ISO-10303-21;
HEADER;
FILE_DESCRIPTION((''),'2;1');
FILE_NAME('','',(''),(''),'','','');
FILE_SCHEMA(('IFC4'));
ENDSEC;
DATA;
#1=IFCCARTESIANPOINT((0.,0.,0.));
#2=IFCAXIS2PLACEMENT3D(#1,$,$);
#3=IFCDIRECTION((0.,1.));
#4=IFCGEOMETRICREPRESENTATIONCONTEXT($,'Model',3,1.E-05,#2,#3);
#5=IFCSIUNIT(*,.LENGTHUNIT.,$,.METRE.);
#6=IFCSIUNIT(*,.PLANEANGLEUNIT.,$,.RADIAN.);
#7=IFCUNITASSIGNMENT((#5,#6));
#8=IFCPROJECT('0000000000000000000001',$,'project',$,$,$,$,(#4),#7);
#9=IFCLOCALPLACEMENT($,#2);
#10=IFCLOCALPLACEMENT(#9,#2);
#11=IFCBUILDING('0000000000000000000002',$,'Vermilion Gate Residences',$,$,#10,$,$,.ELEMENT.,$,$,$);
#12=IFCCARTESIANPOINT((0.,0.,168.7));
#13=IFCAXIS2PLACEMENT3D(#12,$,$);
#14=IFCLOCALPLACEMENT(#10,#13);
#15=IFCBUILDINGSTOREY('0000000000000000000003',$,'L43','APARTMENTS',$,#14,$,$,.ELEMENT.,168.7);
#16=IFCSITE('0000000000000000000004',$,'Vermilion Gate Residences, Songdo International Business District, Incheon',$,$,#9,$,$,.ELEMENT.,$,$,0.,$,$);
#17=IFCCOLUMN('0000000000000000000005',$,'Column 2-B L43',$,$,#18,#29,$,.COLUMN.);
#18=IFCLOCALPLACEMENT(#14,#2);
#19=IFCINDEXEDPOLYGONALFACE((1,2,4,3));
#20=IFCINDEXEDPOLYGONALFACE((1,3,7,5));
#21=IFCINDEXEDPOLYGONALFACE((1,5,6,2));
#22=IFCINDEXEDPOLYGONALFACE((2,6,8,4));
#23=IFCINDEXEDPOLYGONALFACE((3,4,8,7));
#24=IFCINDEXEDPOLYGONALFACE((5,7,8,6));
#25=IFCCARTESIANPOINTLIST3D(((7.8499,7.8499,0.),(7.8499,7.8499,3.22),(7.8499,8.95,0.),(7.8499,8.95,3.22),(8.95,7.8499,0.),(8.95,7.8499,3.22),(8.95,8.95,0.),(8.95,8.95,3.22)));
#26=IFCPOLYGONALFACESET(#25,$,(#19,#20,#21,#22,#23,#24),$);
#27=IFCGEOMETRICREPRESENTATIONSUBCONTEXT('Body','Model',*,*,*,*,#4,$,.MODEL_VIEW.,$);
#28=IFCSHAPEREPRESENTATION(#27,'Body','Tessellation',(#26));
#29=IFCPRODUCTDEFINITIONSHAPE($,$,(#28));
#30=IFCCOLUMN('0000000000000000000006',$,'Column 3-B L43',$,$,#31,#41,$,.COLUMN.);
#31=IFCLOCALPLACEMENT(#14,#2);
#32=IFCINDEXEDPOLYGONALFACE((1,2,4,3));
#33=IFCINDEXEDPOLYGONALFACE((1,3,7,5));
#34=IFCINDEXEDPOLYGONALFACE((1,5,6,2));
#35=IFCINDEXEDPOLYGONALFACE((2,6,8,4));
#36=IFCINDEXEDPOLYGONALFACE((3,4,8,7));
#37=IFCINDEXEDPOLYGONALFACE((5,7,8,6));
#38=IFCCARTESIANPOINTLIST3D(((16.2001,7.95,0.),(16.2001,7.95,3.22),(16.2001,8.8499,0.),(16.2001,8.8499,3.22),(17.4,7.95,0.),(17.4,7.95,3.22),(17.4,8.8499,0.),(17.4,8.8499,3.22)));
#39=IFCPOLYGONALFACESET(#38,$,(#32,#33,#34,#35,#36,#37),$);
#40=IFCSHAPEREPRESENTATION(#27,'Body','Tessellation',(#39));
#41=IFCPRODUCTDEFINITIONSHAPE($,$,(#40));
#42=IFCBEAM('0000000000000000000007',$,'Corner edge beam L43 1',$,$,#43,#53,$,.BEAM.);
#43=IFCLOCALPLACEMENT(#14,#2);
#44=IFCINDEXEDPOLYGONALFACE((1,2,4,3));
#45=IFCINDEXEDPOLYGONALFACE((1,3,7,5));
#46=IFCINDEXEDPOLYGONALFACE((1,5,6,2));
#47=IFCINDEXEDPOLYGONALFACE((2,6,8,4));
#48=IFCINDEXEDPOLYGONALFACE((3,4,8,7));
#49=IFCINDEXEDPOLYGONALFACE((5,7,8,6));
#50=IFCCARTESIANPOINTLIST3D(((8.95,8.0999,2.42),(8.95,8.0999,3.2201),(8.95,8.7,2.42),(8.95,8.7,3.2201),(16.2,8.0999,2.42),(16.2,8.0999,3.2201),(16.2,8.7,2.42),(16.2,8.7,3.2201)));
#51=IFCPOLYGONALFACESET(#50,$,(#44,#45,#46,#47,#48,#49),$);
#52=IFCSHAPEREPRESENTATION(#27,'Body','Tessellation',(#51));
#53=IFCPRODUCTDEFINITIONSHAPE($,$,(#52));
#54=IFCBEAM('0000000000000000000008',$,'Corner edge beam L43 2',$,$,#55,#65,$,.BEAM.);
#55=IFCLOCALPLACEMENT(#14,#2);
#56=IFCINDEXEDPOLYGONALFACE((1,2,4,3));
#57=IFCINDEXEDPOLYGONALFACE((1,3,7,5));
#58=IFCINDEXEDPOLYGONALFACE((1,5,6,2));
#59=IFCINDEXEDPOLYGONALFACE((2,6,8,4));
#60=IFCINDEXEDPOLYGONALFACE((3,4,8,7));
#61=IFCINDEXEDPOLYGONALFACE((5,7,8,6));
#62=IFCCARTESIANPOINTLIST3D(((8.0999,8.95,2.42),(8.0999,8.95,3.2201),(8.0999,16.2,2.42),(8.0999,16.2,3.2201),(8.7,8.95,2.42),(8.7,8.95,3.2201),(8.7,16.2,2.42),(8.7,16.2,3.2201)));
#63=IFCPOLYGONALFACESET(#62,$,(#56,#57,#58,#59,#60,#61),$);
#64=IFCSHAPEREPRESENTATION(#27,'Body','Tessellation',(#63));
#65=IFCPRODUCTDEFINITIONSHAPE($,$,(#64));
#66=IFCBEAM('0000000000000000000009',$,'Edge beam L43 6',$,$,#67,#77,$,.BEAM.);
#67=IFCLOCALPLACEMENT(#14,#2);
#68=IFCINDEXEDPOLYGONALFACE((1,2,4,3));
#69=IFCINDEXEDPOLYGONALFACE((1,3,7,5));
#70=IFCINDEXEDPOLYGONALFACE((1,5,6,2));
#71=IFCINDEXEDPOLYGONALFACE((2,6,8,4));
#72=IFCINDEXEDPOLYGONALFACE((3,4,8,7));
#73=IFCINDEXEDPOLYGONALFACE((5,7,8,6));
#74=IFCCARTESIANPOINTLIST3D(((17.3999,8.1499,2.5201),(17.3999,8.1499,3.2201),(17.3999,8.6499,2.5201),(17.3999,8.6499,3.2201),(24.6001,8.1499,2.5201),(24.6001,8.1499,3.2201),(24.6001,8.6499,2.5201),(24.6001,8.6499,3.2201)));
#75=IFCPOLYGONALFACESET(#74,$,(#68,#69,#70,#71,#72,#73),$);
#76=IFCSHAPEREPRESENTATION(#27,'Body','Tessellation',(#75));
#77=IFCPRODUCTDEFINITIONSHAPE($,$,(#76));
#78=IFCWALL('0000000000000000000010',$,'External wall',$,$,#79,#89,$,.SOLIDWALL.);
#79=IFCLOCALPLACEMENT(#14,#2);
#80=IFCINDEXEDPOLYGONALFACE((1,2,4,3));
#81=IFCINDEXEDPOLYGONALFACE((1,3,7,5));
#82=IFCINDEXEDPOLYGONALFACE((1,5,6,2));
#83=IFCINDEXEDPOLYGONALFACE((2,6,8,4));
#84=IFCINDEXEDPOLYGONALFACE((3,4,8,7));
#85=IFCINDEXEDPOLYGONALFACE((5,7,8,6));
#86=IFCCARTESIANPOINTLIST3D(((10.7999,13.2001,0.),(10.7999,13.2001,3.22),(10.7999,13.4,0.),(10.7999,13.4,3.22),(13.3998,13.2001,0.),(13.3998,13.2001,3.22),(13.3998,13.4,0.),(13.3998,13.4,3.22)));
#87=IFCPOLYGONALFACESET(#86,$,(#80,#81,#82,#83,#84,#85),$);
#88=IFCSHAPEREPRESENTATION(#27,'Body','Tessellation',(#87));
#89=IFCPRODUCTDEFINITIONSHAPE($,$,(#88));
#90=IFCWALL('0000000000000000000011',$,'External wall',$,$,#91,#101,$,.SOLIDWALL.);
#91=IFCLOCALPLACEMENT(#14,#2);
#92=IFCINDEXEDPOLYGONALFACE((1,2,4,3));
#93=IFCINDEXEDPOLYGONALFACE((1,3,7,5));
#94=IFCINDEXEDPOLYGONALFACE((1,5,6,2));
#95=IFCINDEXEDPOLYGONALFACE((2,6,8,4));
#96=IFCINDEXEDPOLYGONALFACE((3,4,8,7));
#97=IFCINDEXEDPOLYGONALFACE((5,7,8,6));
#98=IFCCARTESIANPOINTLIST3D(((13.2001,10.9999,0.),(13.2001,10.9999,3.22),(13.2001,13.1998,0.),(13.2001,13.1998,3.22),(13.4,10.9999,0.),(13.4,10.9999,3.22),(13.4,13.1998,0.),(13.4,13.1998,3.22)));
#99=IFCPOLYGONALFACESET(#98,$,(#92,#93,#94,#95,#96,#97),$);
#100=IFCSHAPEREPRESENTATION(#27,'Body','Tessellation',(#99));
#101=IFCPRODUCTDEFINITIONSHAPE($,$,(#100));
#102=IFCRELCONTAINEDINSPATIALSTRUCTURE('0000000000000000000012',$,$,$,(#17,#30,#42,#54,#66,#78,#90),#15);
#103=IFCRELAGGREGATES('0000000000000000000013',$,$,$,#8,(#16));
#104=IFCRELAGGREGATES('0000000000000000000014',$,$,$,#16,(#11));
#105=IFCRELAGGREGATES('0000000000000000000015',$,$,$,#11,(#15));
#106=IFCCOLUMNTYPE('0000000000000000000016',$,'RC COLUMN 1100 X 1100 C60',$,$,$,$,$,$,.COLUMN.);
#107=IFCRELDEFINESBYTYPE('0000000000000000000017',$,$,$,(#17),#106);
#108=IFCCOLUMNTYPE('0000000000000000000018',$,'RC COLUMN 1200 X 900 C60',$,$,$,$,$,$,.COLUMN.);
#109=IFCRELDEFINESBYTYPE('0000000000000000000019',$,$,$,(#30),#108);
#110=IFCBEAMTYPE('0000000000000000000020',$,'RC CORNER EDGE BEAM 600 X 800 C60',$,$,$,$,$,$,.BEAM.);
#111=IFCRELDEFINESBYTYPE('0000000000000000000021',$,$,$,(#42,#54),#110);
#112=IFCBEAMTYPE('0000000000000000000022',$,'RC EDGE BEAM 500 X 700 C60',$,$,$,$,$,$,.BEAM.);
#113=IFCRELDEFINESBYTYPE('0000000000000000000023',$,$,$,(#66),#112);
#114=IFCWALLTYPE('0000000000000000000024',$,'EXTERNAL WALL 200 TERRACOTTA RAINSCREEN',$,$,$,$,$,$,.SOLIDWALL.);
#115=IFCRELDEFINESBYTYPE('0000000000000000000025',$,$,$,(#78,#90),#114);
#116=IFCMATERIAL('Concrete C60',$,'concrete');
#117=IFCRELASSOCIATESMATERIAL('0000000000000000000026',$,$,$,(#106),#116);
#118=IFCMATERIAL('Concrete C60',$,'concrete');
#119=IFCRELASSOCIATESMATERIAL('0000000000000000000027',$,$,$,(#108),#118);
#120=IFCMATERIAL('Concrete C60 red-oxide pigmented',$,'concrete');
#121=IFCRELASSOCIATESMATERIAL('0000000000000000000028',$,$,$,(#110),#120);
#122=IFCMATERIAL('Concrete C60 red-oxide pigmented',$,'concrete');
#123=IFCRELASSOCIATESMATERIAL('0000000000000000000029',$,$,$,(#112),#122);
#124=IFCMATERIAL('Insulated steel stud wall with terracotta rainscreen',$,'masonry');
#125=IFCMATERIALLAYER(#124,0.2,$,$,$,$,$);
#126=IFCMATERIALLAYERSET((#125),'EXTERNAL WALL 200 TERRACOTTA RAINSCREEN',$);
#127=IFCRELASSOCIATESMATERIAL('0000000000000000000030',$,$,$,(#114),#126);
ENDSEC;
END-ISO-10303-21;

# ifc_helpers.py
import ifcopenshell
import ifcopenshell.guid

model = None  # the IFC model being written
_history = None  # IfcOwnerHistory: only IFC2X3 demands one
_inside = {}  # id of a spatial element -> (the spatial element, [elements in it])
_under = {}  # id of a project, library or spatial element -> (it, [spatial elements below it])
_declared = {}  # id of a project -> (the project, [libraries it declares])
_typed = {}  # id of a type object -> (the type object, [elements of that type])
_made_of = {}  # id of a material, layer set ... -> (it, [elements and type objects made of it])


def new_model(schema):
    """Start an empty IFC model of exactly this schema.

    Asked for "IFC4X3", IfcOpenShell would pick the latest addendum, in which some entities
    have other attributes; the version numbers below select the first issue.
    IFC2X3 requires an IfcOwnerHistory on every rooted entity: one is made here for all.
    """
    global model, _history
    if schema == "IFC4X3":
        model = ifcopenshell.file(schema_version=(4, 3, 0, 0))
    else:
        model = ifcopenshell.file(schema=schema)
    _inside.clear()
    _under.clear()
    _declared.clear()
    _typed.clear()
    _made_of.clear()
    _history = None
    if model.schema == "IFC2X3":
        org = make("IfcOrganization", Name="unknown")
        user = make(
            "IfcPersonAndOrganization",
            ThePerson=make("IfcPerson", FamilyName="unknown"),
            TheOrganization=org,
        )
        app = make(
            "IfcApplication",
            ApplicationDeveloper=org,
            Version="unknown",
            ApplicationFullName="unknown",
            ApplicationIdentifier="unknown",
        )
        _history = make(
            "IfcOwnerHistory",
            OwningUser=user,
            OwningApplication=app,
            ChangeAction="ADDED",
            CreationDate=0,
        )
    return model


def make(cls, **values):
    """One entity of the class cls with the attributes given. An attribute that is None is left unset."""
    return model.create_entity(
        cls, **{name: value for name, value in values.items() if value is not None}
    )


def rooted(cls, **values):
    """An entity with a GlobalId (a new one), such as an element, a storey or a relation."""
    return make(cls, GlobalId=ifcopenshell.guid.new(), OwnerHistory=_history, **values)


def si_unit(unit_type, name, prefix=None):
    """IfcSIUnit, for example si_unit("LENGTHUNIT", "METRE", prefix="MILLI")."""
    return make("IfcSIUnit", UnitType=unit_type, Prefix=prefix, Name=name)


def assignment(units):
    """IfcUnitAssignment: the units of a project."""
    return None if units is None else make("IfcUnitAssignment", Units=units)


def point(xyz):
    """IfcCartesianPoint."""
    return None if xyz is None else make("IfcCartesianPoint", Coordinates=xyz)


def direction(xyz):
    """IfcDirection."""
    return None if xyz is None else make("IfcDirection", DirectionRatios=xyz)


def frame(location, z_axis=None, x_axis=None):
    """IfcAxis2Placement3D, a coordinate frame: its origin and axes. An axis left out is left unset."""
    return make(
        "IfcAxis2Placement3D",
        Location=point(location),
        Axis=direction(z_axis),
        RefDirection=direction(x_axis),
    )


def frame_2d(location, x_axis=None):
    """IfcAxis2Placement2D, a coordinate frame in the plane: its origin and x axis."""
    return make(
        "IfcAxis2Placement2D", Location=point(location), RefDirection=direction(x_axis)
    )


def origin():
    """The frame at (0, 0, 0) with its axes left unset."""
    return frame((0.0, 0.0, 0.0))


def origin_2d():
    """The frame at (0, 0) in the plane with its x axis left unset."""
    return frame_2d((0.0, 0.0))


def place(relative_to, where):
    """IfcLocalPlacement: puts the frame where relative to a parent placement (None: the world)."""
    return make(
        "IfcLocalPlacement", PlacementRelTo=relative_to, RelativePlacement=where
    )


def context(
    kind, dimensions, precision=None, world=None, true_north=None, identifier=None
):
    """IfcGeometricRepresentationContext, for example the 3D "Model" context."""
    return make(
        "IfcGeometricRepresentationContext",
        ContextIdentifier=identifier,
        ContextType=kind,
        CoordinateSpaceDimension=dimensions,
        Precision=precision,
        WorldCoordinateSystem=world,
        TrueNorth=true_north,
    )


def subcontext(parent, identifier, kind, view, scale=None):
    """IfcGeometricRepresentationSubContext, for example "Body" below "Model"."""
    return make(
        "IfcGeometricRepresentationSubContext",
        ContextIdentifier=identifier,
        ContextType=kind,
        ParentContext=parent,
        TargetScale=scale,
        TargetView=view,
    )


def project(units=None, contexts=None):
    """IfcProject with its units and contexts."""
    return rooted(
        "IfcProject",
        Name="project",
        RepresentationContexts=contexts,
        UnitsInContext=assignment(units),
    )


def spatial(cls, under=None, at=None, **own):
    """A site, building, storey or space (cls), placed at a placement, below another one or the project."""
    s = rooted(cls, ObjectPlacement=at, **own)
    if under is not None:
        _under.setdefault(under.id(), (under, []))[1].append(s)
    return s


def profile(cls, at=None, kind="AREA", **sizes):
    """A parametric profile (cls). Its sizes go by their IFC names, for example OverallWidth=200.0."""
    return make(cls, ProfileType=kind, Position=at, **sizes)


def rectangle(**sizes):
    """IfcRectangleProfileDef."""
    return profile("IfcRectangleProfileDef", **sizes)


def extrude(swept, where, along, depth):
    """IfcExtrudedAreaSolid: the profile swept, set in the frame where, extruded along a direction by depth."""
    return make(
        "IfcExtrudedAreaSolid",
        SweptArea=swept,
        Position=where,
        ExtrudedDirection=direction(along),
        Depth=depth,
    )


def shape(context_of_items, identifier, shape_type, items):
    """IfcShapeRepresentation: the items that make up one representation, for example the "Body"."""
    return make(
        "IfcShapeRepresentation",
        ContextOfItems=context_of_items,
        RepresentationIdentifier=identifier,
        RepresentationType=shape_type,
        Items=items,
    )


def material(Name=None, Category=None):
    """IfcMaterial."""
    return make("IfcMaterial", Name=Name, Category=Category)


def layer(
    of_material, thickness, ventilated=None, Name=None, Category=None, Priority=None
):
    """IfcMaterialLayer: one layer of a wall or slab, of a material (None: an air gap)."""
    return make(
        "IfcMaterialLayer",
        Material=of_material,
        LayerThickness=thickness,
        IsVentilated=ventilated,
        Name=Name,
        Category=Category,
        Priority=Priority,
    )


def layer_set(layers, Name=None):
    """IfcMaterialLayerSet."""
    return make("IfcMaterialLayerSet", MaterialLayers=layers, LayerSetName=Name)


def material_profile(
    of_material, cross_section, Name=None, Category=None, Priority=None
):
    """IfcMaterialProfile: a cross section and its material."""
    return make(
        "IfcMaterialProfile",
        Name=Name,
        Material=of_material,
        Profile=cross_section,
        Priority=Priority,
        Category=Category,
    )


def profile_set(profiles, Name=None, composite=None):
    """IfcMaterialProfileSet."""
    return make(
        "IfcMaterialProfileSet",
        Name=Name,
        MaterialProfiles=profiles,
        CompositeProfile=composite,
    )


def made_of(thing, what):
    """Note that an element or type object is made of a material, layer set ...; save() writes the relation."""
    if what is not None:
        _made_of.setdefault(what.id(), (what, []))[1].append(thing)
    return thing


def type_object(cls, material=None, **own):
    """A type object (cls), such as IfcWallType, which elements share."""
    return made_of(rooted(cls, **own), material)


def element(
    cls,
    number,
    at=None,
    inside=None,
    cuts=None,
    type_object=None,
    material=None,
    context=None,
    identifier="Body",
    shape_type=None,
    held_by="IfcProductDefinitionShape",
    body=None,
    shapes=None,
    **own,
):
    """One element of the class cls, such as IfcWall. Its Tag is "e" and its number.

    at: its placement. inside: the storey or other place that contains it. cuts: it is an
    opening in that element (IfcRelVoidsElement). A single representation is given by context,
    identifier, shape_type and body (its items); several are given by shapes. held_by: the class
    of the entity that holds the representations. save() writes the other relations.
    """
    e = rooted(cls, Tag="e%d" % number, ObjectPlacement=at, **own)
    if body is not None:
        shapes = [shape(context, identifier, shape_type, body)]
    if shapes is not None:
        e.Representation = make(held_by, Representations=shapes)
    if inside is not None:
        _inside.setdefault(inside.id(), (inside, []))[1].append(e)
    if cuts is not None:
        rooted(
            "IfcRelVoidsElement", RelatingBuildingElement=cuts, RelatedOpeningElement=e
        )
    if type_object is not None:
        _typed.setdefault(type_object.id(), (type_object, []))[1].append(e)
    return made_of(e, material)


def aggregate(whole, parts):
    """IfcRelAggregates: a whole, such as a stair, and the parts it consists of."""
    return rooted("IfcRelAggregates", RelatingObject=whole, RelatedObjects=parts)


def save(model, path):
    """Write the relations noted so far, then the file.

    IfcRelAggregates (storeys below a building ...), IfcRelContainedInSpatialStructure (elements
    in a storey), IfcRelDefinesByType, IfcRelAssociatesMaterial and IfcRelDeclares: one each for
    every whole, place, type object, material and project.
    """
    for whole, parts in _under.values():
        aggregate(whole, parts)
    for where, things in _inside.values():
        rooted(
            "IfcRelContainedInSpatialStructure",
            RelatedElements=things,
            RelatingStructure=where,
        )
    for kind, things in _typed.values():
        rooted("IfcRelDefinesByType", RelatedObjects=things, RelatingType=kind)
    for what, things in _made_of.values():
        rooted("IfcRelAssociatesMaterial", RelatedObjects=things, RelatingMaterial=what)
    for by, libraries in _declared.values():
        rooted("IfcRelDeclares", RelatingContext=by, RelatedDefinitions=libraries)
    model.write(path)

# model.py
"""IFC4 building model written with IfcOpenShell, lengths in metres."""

from ifc_helpers import new_model, si_unit, direction, frame, frame_2d, origin, origin_2d, place, context, subcontext, project, spatial, rectangle, extrude, material, layer, layer_set, material_profile, profile_set, type_object, element, save


model = new_model("IFC4")

# Units and contexts
model_context = context("Model", 3, precision=1e-05, world=origin(), true_north=direction((0.0, 1.0)))
body_context = subcontext(model_context, "Body", "Model", "MODEL_VIEW")
ifc_project = project(units=[si_unit("LENGTHUNIT", "METRE"), si_unit("PLANEANGLEUNIT", "RADIAN")], contexts=[model_context])

# Site, building, storey
site_placement = place(None, origin())
site = spatial("IfcSite", under=ifc_project, at=site_placement, Name="Vermilion Gate Residences, Songdo International Business District, Incheon", CompositionType="ELEMENT", RefElevation=0.0)
building_placement = place(site_placement, origin())
building = spatial("IfcBuilding", under=site, at=building_placement, Name="Vermilion Gate Residences", CompositionType="ELEMENT")
storey_placement = place(building_placement, frame((0.0, 0.0, 168.7)))
storey = spatial("IfcBuildingStorey", under=building, at=storey_placement, Name="L43", Description="APARTMENTS", CompositionType="ELEMENT", Elevation=168.7)

# Columns
ifc_material_1 = material(Name="Concrete C60", Category="concrete")
ifc_material_profile_1 = material_profile(ifc_material_1, rectangle(XDim=1.1001, YDim=1.1001, at=origin_2d()), Name="RC-1100x1100")
ifc_profile_set_1 = profile_set([ifc_material_profile_1], Name="Concrete C60")
column_type_1 = type_object("IfcColumnType", Name="RC COLUMN 1100 X 1100 C60", PredefinedType="COLUMN", material=ifc_profile_set_1)
column_1_placement = place(storey_placement, frame((8.3999, 8.3999, 0.0), z_axis=(0.0, 0.0, 1.0), x_axis=(1.0, 0.0, 0.0)))
element("IfcColumn", 1, at=column_1_placement, inside=storey, type_object=column_type_1, Name="Column 2-B L43", PredefinedType="COLUMN", context=body_context, shape_type="SweptSolid", body=[
    extrude(rectangle(XDim=1.1001, YDim=1.1001, at=origin_2d()), origin(), (0.0, 0.0, 1.0), 3.22),
])
ifc_material_2 = material(Name="Concrete C60", Category="concrete")
ifc_material_profile_2 = material_profile(ifc_material_2, rectangle(XDim=1.2, YDim=0.8999, at=origin_2d()), Name="RC-1200x900")
ifc_profile_set_2 = profile_set([ifc_material_profile_2], Name="Concrete C60")
column_type_2 = type_object("IfcColumnType", Name="RC COLUMN 1200 X 900 C60", PredefinedType="COLUMN", material=ifc_profile_set_2)
column_2_placement = place(storey_placement, frame((16.8, 8.3999, 0.0), z_axis=(0.0, 0.0, 1.0), x_axis=(1.0, 0.0, 0.0)))
element("IfcColumn", 2, at=column_2_placement, inside=storey, type_object=column_type_2, Name="Column 3-B L43", PredefinedType="COLUMN", context=body_context, shape_type="SweptSolid", body=[
    extrude(rectangle(XDim=1.2, YDim=0.8999, at=origin_2d()), origin(), (0.0, 0.0, 1.0), 3.22),
])

# Beams
ifc_material_3 = material(Name="Concrete C60 red-oxide pigmented", Category="concrete")
ifc_material_profile_3 = material_profile(ifc_material_3, rectangle(XDim=0.6001, YDim=0.8, at=origin_2d()), Name="RC-600x800")
ifc_profile_set_3 = profile_set([ifc_material_profile_3], Name="Concrete C60 red-oxide pigmented")
beam_type_1 = type_object("IfcBeamType", Name="RC CORNER EDGE BEAM 600 X 800 C60", PredefinedType="BEAM", material=ifc_profile_set_3)
for number, where, z_axis, x_axis, name in (
    (3, (8.95, 8.3999, 2.8201), (1.0, 0.0, 0.0), (0.0, 1.0, 0.0), "Corner edge beam L43 1"),
    (4, (8.3999, 8.95, 2.8201), (0.0, 1.0, 0.0), (-1.0, 0.0, 0.0), "Corner edge beam L43 2"),
):
    element("IfcBeam", number, at=place(storey_placement, frame(where, z_axis=z_axis, x_axis=x_axis)), inside=storey, type_object=beam_type_1, Name=name, PredefinedType="BEAM", context=body_context, shape_type="SweptSolid", body=[
        extrude(rectangle(XDim=0.6001, YDim=0.8, at=origin_2d()), origin(), (0.0, 0.0, 1.0), 7.25),
    ])
ifc_material_4 = material(Name="Concrete C60 red-oxide pigmented", Category="concrete")
ifc_material_profile_4 = material_profile(ifc_material_4, rectangle(XDim=0.5, YDim=0.7, at=origin_2d()), Name="RC-500x700")
ifc_profile_set_4 = profile_set([ifc_material_profile_4], Name="Concrete C60 red-oxide pigmented")
beam_type_2 = type_object("IfcBeamType", Name="RC EDGE BEAM 500 X 700 C60", PredefinedType="BEAM", material=ifc_profile_set_4)
beam_placement = place(storey_placement, frame((17.3999, 8.3999, 2.8701), z_axis=(1.0, 0.0, 0.0), x_axis=(0.0, 1.0, 0.0)))
element("IfcBeam", 5, at=beam_placement, inside=storey, type_object=beam_type_2, Name="Edge beam L43 6", PredefinedType="BEAM", context=body_context, shape_type="SweptSolid", body=[
    extrude(rectangle(XDim=0.5, YDim=0.7, at=origin_2d()), origin(), (0.0, 0.0, 1.0), 7.2002),
])

# Walls
ifc_material_5 = material(Name="Insulated steel stud wall with terracotta rainscreen", Category="masonry")
ifc_layer_1 = layer(ifc_material_5, 0.2)
ifc_layer_set_1 = layer_set([ifc_layer_1], Name="EXTERNAL WALL 200 TERRACOTTA RAINSCREEN")
wall_type_1 = type_object("IfcWallType", Name="EXTERNAL WALL 200 TERRACOTTA RAINSCREEN", PredefinedType="SOLIDWALL", material=ifc_layer_set_1)
wall_1_placement = place(storey_placement, frame((10.8, 13.3, 0.0), z_axis=(0.0, 0.0, 1.0), x_axis=(1.0, 0.0, 0.0)))
element("IfcWall", 6, at=wall_1_placement, inside=storey, type_object=wall_type_1, Name="External wall", PredefinedType="SOLIDWALL", context=body_context, shape_type="SweptSolid", body=[
    extrude(rectangle(XDim=2.5999, YDim=0.2, at=frame_2d((1.2998, 0.0))), origin(), (0.0, 0.0, 1.0), 3.22),
])
wall_2_placement = place(storey_placement, frame((13.3, 13.2, 0.0), z_axis=(0.0, 0.0, 1.0), x_axis=(0.0, -1.0, 0.0)))
element("IfcWall", 7, at=wall_2_placement, inside=storey, type_object=wall_type_1, Name="External wall", PredefinedType="SOLIDWALL", context=body_context, shape_type="SweptSolid", body=[
    extrude(rectangle(XDim=2.2, YDim=0.2, at=frame_2d((1.1001, 0.0))), origin(), (0.0, 0.0, 1.0), 3.22),
])

save(model, "model.ifc")
